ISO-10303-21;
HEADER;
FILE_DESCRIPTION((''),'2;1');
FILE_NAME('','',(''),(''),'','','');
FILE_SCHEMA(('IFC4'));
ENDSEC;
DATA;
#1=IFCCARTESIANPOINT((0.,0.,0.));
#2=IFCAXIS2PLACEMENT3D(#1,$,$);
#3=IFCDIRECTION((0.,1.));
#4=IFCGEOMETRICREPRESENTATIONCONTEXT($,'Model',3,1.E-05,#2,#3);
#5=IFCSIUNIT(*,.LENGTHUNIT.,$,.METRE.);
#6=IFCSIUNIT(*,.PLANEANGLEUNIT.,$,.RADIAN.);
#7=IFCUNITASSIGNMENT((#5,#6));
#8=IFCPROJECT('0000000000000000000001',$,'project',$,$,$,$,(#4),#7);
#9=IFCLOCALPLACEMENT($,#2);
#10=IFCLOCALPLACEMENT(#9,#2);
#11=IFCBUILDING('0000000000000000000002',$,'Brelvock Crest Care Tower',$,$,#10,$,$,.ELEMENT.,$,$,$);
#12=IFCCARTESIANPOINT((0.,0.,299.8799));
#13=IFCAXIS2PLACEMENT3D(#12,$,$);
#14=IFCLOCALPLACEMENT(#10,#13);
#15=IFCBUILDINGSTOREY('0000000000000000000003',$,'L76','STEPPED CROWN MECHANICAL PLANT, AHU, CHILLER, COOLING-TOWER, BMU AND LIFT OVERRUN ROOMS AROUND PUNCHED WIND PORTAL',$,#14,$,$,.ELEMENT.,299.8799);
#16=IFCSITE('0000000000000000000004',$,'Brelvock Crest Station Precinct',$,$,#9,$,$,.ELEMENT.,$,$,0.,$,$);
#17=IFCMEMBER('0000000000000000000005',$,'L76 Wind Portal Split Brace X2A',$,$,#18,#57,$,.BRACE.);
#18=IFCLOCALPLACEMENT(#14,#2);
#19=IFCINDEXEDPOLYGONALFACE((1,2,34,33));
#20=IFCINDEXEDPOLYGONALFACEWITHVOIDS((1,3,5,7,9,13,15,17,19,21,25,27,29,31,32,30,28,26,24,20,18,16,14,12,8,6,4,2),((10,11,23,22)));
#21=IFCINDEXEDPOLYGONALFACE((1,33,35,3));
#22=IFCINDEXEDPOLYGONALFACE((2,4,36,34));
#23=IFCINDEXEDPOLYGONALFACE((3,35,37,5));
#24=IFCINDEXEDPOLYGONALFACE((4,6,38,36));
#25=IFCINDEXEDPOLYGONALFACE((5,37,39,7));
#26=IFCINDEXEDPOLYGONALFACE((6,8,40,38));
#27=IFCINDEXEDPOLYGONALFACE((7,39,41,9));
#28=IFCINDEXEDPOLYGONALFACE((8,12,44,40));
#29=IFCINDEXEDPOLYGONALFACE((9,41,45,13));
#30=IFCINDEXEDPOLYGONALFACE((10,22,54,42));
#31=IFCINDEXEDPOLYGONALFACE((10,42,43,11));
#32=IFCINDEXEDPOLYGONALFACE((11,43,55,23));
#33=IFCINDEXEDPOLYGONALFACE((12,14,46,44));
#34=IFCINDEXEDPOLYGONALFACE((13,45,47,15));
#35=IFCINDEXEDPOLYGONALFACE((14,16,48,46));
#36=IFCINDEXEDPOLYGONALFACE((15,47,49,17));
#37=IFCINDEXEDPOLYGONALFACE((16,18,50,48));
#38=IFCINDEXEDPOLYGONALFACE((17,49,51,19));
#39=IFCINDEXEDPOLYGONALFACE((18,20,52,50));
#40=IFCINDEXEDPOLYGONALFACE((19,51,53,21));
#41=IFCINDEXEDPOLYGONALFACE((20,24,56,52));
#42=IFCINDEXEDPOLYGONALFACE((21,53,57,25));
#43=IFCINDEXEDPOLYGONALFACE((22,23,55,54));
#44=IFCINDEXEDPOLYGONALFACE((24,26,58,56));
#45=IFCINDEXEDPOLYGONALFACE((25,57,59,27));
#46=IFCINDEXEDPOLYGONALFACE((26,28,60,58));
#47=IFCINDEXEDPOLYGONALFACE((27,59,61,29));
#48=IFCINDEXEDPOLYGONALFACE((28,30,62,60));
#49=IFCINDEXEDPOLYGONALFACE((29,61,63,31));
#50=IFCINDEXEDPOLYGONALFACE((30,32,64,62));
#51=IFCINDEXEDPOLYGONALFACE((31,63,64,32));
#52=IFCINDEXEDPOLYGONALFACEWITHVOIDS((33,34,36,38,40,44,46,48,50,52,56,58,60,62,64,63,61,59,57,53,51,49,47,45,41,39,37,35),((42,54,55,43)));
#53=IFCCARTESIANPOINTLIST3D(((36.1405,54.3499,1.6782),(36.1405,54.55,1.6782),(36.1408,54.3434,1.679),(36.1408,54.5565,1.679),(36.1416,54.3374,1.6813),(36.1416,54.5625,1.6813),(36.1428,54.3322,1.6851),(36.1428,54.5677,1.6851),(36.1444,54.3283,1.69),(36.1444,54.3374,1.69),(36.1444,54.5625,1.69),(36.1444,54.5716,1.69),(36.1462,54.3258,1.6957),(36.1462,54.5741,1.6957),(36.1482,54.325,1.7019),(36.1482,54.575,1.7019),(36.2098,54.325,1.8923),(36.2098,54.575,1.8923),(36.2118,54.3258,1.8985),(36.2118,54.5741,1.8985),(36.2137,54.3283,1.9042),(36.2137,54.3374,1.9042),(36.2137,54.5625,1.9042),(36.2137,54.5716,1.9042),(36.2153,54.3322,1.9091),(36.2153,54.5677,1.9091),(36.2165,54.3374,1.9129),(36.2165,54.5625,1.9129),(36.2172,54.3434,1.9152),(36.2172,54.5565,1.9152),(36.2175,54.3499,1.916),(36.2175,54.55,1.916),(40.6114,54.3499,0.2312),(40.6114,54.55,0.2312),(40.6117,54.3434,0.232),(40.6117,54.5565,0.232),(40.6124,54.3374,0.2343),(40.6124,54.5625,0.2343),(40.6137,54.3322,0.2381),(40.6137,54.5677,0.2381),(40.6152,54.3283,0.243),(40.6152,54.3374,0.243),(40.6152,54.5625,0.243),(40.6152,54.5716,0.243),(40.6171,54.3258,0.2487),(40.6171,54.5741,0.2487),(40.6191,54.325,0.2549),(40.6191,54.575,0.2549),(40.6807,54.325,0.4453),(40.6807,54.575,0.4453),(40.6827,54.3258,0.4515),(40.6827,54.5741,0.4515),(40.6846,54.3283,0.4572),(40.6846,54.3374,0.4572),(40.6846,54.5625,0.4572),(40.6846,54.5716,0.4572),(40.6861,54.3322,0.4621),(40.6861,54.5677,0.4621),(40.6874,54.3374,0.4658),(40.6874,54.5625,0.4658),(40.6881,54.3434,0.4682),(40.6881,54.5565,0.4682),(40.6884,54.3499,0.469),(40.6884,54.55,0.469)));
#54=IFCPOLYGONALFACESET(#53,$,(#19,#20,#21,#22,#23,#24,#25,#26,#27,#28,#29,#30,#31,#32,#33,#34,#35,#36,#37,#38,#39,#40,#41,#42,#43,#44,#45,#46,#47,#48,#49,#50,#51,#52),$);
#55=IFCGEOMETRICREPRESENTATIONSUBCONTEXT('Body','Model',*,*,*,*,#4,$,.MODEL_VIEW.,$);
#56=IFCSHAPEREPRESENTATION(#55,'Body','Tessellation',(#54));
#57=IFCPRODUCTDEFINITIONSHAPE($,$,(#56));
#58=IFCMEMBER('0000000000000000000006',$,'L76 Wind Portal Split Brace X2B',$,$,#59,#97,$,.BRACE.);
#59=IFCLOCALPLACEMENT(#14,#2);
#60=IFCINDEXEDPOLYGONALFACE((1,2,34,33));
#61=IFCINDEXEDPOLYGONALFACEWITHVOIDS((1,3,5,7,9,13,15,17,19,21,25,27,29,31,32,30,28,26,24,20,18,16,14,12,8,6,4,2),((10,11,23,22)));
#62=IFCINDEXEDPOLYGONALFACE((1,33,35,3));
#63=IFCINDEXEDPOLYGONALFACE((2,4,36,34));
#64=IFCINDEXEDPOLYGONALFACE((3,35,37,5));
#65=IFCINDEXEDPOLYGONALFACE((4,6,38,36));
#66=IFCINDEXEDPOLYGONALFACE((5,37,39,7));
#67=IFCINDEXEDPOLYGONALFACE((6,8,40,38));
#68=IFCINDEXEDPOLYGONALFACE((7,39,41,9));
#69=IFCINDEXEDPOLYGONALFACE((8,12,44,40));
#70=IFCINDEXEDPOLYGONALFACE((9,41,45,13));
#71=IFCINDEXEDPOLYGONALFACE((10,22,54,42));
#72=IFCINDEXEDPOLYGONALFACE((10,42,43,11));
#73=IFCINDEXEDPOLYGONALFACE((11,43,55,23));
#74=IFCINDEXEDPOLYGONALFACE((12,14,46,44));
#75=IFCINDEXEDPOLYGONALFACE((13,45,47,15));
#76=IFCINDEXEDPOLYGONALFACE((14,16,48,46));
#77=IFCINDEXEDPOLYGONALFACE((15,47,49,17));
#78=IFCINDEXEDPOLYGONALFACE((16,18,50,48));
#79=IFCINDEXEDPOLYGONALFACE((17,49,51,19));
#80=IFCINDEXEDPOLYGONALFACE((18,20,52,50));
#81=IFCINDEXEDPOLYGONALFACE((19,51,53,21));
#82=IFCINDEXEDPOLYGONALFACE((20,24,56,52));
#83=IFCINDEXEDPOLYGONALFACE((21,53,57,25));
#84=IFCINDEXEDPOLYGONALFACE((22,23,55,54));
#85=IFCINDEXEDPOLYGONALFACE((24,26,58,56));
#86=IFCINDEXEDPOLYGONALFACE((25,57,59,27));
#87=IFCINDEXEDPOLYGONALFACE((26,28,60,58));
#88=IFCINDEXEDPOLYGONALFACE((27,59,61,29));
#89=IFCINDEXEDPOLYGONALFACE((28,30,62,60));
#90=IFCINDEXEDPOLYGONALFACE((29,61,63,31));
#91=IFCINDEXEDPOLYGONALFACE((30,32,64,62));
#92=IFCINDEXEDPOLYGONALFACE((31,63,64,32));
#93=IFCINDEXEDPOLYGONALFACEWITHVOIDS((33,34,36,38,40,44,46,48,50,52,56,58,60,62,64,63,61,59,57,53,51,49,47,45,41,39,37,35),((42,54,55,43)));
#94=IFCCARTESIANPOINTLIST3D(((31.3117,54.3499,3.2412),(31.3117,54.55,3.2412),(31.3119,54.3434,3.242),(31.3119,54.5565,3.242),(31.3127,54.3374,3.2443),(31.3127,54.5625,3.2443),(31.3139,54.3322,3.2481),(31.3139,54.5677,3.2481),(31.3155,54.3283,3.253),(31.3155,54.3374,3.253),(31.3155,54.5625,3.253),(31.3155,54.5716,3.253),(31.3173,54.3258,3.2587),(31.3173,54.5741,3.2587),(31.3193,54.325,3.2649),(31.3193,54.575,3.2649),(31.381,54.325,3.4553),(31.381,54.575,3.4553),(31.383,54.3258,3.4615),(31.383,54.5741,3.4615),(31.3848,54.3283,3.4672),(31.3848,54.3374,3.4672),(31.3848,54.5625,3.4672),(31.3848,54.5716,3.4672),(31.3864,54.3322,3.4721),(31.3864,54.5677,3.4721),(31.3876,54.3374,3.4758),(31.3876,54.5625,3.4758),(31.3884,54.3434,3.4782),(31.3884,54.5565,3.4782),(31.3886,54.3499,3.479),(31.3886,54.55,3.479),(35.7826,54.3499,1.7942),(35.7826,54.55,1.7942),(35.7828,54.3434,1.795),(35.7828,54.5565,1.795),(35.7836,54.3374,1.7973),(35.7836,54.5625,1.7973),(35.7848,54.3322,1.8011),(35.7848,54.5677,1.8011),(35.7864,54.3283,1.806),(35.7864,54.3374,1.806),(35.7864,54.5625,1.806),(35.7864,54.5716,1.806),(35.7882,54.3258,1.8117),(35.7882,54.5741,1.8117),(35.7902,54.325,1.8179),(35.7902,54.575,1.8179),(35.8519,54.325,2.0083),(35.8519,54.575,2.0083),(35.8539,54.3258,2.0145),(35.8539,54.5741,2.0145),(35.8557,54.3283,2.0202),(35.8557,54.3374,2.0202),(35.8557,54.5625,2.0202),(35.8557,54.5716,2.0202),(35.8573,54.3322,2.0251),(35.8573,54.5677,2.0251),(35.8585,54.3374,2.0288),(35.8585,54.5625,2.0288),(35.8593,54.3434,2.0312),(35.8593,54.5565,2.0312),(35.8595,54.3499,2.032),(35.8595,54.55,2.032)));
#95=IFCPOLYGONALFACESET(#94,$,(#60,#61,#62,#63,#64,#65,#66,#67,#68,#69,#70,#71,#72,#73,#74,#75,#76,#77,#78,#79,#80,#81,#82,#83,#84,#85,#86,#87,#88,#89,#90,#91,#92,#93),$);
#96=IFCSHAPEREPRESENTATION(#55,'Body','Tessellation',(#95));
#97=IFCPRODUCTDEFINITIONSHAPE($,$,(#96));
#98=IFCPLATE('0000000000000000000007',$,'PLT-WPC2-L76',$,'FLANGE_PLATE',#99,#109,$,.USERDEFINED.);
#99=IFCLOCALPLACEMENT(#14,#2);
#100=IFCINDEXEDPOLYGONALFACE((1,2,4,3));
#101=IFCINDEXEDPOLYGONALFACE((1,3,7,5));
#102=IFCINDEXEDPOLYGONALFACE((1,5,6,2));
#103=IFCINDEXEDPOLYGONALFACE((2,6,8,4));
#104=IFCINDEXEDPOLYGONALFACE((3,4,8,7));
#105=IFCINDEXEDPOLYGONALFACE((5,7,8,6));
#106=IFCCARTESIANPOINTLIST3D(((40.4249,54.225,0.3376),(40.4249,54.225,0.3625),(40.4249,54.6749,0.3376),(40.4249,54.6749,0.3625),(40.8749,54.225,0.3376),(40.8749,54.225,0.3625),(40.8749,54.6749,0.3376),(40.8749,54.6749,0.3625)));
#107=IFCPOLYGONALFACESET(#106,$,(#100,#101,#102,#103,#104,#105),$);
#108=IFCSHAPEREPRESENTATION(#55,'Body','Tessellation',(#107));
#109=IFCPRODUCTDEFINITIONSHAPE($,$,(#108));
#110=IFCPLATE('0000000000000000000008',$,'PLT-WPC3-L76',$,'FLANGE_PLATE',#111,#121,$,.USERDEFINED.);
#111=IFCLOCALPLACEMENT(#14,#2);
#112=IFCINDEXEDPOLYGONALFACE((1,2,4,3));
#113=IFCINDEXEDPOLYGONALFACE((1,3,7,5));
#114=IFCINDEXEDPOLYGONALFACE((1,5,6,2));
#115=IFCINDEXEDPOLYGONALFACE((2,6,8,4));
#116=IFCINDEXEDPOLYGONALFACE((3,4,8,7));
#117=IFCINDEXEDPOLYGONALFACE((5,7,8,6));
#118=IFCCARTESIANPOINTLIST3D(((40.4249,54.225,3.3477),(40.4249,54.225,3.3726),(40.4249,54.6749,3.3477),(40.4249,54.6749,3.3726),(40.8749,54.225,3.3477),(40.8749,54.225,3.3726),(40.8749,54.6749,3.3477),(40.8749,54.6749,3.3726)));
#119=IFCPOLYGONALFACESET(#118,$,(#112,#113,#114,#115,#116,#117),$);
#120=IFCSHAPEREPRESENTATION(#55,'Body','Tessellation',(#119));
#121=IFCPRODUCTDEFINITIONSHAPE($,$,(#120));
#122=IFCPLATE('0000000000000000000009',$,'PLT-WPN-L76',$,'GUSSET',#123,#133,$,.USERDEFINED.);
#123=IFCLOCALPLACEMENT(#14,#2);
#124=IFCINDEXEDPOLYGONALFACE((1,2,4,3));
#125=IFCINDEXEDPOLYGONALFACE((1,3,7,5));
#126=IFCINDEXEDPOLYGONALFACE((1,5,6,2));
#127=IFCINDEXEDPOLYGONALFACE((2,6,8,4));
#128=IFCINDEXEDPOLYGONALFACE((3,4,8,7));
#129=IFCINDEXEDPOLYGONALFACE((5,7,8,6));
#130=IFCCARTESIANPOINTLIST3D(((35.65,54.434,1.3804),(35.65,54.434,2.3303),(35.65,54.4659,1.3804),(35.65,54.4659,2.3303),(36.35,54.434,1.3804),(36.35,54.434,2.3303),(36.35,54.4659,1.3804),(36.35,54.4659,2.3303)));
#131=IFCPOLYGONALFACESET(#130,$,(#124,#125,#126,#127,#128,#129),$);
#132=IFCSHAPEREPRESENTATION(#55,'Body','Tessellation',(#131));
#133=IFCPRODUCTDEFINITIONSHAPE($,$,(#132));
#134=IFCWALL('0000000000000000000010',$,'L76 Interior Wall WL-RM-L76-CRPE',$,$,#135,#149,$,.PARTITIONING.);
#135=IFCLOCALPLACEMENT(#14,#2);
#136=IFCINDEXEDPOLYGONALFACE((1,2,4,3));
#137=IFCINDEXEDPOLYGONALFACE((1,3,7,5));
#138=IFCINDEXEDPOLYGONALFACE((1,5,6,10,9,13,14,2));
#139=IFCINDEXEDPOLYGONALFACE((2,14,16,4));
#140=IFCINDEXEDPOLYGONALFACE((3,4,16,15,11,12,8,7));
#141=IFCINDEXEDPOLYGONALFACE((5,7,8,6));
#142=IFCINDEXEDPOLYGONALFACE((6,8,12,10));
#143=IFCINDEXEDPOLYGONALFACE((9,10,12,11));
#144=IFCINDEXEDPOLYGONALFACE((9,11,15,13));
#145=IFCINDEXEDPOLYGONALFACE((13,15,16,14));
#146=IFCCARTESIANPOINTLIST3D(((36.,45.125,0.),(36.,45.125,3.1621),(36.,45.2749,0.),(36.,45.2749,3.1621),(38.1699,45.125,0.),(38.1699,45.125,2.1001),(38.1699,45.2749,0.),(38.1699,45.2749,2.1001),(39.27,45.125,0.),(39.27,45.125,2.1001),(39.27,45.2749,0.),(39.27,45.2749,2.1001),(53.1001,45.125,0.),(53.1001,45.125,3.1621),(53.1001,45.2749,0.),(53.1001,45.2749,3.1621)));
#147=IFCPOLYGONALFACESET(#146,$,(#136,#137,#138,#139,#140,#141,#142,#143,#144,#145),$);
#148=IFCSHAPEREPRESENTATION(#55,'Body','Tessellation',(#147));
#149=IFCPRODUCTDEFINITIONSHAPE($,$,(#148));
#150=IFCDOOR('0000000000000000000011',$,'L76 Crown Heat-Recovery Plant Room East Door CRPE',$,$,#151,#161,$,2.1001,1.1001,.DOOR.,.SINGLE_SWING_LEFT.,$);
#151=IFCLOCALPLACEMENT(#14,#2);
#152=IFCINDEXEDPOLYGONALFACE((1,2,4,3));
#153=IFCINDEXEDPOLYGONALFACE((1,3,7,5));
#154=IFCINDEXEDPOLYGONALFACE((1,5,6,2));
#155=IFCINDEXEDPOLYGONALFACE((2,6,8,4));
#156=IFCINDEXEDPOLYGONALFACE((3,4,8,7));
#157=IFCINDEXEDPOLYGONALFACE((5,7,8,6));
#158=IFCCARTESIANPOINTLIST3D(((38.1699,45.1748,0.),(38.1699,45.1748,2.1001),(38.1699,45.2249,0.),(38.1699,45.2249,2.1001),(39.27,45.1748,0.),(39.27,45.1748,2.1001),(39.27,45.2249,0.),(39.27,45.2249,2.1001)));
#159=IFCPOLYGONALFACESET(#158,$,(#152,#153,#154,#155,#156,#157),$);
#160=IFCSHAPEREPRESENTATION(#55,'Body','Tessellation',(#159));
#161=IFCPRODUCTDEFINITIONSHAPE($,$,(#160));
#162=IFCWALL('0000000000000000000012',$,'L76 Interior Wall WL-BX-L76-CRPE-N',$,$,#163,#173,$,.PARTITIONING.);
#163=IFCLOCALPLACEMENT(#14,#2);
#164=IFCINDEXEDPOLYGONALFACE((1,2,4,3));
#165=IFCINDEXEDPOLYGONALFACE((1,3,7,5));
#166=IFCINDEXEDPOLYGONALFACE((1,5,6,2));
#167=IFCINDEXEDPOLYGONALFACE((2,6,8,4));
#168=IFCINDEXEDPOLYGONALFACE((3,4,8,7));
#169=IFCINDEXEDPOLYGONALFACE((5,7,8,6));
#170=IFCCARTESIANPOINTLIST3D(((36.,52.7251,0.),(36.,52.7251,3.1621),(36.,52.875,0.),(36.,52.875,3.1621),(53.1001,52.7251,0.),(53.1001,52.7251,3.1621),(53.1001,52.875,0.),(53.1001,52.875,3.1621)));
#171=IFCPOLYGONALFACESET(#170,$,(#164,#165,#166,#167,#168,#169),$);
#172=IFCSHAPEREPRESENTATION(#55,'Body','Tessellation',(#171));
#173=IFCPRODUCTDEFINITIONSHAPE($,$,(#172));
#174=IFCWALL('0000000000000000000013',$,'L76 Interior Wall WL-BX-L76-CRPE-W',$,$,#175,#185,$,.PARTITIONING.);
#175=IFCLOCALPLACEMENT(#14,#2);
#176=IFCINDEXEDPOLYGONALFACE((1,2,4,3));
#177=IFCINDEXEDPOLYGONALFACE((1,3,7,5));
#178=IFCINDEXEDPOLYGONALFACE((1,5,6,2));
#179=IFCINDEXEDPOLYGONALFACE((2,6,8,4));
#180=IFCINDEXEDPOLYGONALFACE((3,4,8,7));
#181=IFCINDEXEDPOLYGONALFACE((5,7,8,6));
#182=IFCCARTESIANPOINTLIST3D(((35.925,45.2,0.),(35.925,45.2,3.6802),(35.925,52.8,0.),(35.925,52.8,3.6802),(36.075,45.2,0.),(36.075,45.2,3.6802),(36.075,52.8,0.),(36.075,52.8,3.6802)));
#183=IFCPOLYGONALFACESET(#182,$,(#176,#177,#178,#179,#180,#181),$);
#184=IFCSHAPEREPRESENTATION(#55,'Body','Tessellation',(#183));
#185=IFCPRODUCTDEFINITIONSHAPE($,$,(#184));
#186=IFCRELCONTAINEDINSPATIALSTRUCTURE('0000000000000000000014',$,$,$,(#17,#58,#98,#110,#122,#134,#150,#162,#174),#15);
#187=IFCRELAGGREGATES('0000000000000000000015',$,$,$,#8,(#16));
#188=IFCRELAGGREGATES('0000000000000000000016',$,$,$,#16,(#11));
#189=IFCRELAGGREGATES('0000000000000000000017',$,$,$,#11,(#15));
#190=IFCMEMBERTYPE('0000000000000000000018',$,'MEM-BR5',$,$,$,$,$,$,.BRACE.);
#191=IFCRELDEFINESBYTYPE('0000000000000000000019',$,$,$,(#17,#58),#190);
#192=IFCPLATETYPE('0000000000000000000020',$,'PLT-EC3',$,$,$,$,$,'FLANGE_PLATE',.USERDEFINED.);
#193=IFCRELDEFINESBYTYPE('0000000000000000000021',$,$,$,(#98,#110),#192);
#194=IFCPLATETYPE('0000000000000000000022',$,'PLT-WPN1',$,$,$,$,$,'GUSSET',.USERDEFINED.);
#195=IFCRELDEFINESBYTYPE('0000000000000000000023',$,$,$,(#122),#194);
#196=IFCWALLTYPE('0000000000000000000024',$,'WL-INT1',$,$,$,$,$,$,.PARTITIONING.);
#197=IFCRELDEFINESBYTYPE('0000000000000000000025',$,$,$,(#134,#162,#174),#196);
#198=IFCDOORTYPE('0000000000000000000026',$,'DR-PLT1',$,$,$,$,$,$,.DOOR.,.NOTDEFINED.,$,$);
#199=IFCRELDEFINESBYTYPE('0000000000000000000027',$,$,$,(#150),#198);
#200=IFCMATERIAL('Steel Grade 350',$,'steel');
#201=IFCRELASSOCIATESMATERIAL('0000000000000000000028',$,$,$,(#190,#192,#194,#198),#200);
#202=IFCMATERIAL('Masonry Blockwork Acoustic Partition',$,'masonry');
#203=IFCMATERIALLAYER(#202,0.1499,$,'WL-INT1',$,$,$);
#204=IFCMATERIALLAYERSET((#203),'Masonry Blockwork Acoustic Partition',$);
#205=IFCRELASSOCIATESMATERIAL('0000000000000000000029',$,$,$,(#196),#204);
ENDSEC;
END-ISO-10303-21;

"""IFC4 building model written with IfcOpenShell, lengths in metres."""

from ifc_helpers import new_model, si_unit, direction, frame, frame_2d, origin, origin_2d, place, context, subcontext, project, spatial, rectangle, hollow_rectangle, extrude, source, transform, mapped, material, layer, layer_set, material_profile, profile_set, type_object, element, fill, save


model = new_model("IFC4")

# Units and contexts
model_context = context("Model", 3, precision=1e-05, world=origin(), true_north=direction((0.0, 1.0)))
body_context = subcontext(model_context, "Body", "Model", "MODEL_VIEW")
ifc_project = project(units=[si_unit("LENGTHUNIT", "METRE"), si_unit("PLANEANGLEUNIT", "RADIAN")], contexts=[model_context])

# Site, building, storey
site_placement = place(None, origin())
site = spatial("IfcSite", under=ifc_project, at=site_placement, Name="Brelvock Crest Station Precinct", CompositionType="ELEMENT", RefElevation=0.0)
building_placement = place(site_placement, origin())
building = spatial("IfcBuilding", under=site, at=building_placement, Name="Brelvock Crest Care Tower", CompositionType="ELEMENT")
storey_placement = place(building_placement, frame((0.0, 0.0, 299.8799)))
storey = spatial("IfcBuildingStorey", under=building, at=storey_placement, Name="L76", Description="STEPPED CROWN MECHANICAL PLANT, AHU, CHILLER, COOLING-TOWER, BMU AND LIFT OVERRUN ROOMS AROUND PUNCHED WIND PORTAL", CompositionType="ELEMENT", Elevation=299.8799)

# Shared definitions
ifc_material_1 = material(Name="Steel Grade 350", Category="steel")

# Members
ifc_material_profile_1 = material_profile(ifc_material_1, hollow_rectangle(XDim=0.25, YDim=0.25, WallThickness=0.0125, OuterFilletRadius=0.0249, at=origin_2d()), Name="SHS250x250x12.5")
ifc_profile_set_1 = profile_set([ifc_material_profile_1], Name="Steel Grade 350")
member_type = type_object("IfcMemberType", Name="MEM-BR5", PredefinedType="BRACE", material=ifc_profile_set_1)
shared_shape_1 = source(origin(), body_context, "Body", "SweptSolid", [
    extrude(hollow_rectangle(XDim=0.25, YDim=0.25, WallThickness=0.0125, OuterFilletRadius=0.0249, at=origin_2d()), origin(), (0.0, 0.0, 1.0), 4.6992),
])
for number, where, z_axis, x_axis, name in (
    (1, (40.6499, 54.45, 0.3501), (-0.951411, 0.0, 0.307924), (0.0, -1.0, 0.0), "L76 Wind Portal Split Brace X2A"),
    (2, (35.821, 54.45, 1.9131), (-0.951411, 0.0, 0.307924), (0.0, -1.0, 0.0), "L76 Wind Portal Split Brace X2B"),
):
    element("IfcMember", number, at=place(storey_placement, frame(where, z_axis=z_axis, x_axis=x_axis)), inside=storey, type_object=member_type, Name=name, PredefinedType="BRACE", context=body_context, shape_type="MappedRepresentation", body=[
        mapped(shared_shape_1, transform((0.0, 0.0, 0.0), x_axis=(1.0, 0.0, 0.0), y_axis=(0.0, 1.0, 0.0), z_axis=(0.0, 0.0, 1.0), scale=1.0)),
    ])

# Plates
plate_type_1 = type_object("IfcPlateType", Name="PLT-EC3", ElementType="FLANGE_PLATE", PredefinedType="USERDEFINED", material=ifc_material_1)
shared_shape_2 = source(origin(), body_context, "Body", "SweptSolid", [
    extrude(rectangle(XDim=0.45, YDim=0.45, at=origin_2d()), origin(), (0.0, 0.0, 1.0), 0.0249),
])
for number, where, z_axis, x_axis, name in (
    (3, (40.6499, 54.45, 0.3376), (0.0, 0.0, 1.0), (1.0, 0.0, 0.0), "PLT-WPC2-L76"),
    (4, (40.6499, 54.45, 3.3477), (0.0, 0.0, 1.0), (1.0, 0.0, 0.0), "PLT-WPC3-L76"),
):
    element("IfcPlate", number, at=place(storey_placement, frame(where, z_axis=z_axis, x_axis=x_axis)), inside=storey, type_object=plate_type_1, Name=name, ObjectType="FLANGE_PLATE", PredefinedType="USERDEFINED", context=body_context, shape_type="MappedRepresentation", body=[
        mapped(shared_shape_2, transform((0.0, 0.0, 0.0), x_axis=(1.0, 0.0, 0.0), y_axis=(0.0, 1.0, 0.0), z_axis=(0.0, 0.0, 1.0), scale=1.0)),
    ])
plate_type_2 = type_object("IfcPlateType", Name="PLT-WPN1", ElementType="GUSSET", PredefinedType="USERDEFINED", material=ifc_material_1)
shared_shape_3 = source(origin(), body_context, "Body", "SweptSolid", [
    extrude(rectangle(XDim=0.7, YDim=0.032, at=origin_2d()), origin(), (0.0, 0.0, 1.0), 0.95),
])
plate_placement = place(storey_placement, frame((36.0, 54.45, 1.3804), z_axis=(0.0, 0.0, 1.0), x_axis=(1.0, 0.0, 0.0)))
element("IfcPlate", 5, at=plate_placement, inside=storey, type_object=plate_type_2, Name="PLT-WPN-L76", ObjectType="GUSSET", PredefinedType="USERDEFINED", context=body_context, shape_type="MappedRepresentation", body=[
    mapped(shared_shape_3, transform((0.0, 0.0, 0.0), x_axis=(1.0, 0.0, 0.0), y_axis=(0.0, 1.0, 0.0), z_axis=(0.0, 0.0, 1.0), scale=1.0)),
])

# Wall, opening, door
ifc_material_2 = material(Name="Masonry Blockwork Acoustic Partition", Category="masonry")
ifc_layer = layer(ifc_material_2, 0.1499, Name="WL-INT1")
ifc_layer_set = layer_set([ifc_layer], Name="Masonry Blockwork Acoustic Partition")
wall_type = type_object("IfcWallType", Name="WL-INT1", PredefinedType="PARTITIONING", material=ifc_layer_set)
wall_1_placement = place(storey_placement, frame((36.0, 45.2, 0.0), z_axis=(0.0, 0.0, 1.0), x_axis=(1.0, 0.0, 0.0)))
wall_1 = element("IfcWall", 6, at=wall_1_placement, inside=storey, type_object=wall_type, Name="L76 Interior Wall WL-RM-L76-CRPE", PredefinedType="PARTITIONING", context=body_context, shape_type="SweptSolid", body=[
    extrude(rectangle(XDim=17.1001, YDim=0.1499, at=frame_2d((8.55, 0.0))), origin(), (0.0, 0.0, 1.0), 3.1621),
])
opening_placement = place(wall_1_placement, frame((2.1699, 0.0, 0.0)))
opening = element("IfcOpeningElement", 7, at=opening_placement, cuts=wall_1, PredefinedType="OPENING", context=body_context, shape_type="SweptSolid", body=[
    extrude(rectangle(XDim=1.1001, YDim=2.1001, at=origin_2d()), frame((0.55, 0.085, 1.05), z_axis=(0.0, -1.0, 0.0), x_axis=(1.0, 0.0, 0.0)), (0.0, 0.0, 1.0), 0.1699),
])
door_type = type_object("IfcDoorType", Name="DR-PLT1", OperationType="NOTDEFINED", PredefinedType="DOOR", material=ifc_material_1)
shared_shape_4 = source(origin(), body_context, "Body", "SweptSolid", [
    extrude(rectangle(XDim=1.1001, YDim=2.1001, at=origin_2d()), frame((0.55, 0.0249, 1.05), z_axis=(0.0, -1.0, 0.0), x_axis=(1.0, 0.0, 0.0)), (0.0, 0.0, 1.0), 0.05),
])
door_placement = place(opening_placement, origin())
door = element("IfcDoor", 8, at=door_placement, inside=storey, type_object=door_type, Name="L76 Crown Heat-Recovery Plant Room East Door CRPE", OperationType="SINGLE_SWING_LEFT", OverallHeight=2.1001, OverallWidth=1.1001, PredefinedType="DOOR", context=body_context, shape_type="MappedRepresentation", body=[
    mapped(shared_shape_4, transform((0.0, 0.0, 0.0), x_axis=(1.0, 0.0, 0.0), y_axis=(0.0, 1.0, 0.0), z_axis=(0.0, 0.0, 1.0), scale=1.0)),
])
fill(opening, door)

# Walls
wall_2_placement = place(storey_placement, frame((36.0, 52.8, 0.0), z_axis=(0.0, 0.0, 1.0), x_axis=(1.0, 0.0, 0.0)))
element("IfcWall", 9, at=wall_2_placement, inside=storey, type_object=wall_type, Name="L76 Interior Wall WL-BX-L76-CRPE-N", PredefinedType="PARTITIONING", context=body_context, shape_type="SweptSolid", body=[
    extrude(rectangle(XDim=17.1001, YDim=0.1499, at=frame_2d((8.55, 0.0))), origin(), (0.0, 0.0, 1.0), 3.1621),
])
wall_3_placement = place(storey_placement, frame((36.0, 45.2, 0.0), z_axis=(0.0, 0.0, 1.0), x_axis=(0.0, 1.0, 0.0)))
element("IfcWall", 10, at=wall_3_placement, inside=storey, type_object=wall_type, Name="L76 Interior Wall WL-BX-L76-CRPE-W", PredefinedType="PARTITIONING", context=body_context, shape_type="SweptSolid", body=[
    extrude(rectangle(XDim=7.6001, YDim=0.1499, at=frame_2d((3.8, 0.0))), origin(), (0.0, 0.0, 1.0), 3.6802),
])

save(model, "model.ifc")
